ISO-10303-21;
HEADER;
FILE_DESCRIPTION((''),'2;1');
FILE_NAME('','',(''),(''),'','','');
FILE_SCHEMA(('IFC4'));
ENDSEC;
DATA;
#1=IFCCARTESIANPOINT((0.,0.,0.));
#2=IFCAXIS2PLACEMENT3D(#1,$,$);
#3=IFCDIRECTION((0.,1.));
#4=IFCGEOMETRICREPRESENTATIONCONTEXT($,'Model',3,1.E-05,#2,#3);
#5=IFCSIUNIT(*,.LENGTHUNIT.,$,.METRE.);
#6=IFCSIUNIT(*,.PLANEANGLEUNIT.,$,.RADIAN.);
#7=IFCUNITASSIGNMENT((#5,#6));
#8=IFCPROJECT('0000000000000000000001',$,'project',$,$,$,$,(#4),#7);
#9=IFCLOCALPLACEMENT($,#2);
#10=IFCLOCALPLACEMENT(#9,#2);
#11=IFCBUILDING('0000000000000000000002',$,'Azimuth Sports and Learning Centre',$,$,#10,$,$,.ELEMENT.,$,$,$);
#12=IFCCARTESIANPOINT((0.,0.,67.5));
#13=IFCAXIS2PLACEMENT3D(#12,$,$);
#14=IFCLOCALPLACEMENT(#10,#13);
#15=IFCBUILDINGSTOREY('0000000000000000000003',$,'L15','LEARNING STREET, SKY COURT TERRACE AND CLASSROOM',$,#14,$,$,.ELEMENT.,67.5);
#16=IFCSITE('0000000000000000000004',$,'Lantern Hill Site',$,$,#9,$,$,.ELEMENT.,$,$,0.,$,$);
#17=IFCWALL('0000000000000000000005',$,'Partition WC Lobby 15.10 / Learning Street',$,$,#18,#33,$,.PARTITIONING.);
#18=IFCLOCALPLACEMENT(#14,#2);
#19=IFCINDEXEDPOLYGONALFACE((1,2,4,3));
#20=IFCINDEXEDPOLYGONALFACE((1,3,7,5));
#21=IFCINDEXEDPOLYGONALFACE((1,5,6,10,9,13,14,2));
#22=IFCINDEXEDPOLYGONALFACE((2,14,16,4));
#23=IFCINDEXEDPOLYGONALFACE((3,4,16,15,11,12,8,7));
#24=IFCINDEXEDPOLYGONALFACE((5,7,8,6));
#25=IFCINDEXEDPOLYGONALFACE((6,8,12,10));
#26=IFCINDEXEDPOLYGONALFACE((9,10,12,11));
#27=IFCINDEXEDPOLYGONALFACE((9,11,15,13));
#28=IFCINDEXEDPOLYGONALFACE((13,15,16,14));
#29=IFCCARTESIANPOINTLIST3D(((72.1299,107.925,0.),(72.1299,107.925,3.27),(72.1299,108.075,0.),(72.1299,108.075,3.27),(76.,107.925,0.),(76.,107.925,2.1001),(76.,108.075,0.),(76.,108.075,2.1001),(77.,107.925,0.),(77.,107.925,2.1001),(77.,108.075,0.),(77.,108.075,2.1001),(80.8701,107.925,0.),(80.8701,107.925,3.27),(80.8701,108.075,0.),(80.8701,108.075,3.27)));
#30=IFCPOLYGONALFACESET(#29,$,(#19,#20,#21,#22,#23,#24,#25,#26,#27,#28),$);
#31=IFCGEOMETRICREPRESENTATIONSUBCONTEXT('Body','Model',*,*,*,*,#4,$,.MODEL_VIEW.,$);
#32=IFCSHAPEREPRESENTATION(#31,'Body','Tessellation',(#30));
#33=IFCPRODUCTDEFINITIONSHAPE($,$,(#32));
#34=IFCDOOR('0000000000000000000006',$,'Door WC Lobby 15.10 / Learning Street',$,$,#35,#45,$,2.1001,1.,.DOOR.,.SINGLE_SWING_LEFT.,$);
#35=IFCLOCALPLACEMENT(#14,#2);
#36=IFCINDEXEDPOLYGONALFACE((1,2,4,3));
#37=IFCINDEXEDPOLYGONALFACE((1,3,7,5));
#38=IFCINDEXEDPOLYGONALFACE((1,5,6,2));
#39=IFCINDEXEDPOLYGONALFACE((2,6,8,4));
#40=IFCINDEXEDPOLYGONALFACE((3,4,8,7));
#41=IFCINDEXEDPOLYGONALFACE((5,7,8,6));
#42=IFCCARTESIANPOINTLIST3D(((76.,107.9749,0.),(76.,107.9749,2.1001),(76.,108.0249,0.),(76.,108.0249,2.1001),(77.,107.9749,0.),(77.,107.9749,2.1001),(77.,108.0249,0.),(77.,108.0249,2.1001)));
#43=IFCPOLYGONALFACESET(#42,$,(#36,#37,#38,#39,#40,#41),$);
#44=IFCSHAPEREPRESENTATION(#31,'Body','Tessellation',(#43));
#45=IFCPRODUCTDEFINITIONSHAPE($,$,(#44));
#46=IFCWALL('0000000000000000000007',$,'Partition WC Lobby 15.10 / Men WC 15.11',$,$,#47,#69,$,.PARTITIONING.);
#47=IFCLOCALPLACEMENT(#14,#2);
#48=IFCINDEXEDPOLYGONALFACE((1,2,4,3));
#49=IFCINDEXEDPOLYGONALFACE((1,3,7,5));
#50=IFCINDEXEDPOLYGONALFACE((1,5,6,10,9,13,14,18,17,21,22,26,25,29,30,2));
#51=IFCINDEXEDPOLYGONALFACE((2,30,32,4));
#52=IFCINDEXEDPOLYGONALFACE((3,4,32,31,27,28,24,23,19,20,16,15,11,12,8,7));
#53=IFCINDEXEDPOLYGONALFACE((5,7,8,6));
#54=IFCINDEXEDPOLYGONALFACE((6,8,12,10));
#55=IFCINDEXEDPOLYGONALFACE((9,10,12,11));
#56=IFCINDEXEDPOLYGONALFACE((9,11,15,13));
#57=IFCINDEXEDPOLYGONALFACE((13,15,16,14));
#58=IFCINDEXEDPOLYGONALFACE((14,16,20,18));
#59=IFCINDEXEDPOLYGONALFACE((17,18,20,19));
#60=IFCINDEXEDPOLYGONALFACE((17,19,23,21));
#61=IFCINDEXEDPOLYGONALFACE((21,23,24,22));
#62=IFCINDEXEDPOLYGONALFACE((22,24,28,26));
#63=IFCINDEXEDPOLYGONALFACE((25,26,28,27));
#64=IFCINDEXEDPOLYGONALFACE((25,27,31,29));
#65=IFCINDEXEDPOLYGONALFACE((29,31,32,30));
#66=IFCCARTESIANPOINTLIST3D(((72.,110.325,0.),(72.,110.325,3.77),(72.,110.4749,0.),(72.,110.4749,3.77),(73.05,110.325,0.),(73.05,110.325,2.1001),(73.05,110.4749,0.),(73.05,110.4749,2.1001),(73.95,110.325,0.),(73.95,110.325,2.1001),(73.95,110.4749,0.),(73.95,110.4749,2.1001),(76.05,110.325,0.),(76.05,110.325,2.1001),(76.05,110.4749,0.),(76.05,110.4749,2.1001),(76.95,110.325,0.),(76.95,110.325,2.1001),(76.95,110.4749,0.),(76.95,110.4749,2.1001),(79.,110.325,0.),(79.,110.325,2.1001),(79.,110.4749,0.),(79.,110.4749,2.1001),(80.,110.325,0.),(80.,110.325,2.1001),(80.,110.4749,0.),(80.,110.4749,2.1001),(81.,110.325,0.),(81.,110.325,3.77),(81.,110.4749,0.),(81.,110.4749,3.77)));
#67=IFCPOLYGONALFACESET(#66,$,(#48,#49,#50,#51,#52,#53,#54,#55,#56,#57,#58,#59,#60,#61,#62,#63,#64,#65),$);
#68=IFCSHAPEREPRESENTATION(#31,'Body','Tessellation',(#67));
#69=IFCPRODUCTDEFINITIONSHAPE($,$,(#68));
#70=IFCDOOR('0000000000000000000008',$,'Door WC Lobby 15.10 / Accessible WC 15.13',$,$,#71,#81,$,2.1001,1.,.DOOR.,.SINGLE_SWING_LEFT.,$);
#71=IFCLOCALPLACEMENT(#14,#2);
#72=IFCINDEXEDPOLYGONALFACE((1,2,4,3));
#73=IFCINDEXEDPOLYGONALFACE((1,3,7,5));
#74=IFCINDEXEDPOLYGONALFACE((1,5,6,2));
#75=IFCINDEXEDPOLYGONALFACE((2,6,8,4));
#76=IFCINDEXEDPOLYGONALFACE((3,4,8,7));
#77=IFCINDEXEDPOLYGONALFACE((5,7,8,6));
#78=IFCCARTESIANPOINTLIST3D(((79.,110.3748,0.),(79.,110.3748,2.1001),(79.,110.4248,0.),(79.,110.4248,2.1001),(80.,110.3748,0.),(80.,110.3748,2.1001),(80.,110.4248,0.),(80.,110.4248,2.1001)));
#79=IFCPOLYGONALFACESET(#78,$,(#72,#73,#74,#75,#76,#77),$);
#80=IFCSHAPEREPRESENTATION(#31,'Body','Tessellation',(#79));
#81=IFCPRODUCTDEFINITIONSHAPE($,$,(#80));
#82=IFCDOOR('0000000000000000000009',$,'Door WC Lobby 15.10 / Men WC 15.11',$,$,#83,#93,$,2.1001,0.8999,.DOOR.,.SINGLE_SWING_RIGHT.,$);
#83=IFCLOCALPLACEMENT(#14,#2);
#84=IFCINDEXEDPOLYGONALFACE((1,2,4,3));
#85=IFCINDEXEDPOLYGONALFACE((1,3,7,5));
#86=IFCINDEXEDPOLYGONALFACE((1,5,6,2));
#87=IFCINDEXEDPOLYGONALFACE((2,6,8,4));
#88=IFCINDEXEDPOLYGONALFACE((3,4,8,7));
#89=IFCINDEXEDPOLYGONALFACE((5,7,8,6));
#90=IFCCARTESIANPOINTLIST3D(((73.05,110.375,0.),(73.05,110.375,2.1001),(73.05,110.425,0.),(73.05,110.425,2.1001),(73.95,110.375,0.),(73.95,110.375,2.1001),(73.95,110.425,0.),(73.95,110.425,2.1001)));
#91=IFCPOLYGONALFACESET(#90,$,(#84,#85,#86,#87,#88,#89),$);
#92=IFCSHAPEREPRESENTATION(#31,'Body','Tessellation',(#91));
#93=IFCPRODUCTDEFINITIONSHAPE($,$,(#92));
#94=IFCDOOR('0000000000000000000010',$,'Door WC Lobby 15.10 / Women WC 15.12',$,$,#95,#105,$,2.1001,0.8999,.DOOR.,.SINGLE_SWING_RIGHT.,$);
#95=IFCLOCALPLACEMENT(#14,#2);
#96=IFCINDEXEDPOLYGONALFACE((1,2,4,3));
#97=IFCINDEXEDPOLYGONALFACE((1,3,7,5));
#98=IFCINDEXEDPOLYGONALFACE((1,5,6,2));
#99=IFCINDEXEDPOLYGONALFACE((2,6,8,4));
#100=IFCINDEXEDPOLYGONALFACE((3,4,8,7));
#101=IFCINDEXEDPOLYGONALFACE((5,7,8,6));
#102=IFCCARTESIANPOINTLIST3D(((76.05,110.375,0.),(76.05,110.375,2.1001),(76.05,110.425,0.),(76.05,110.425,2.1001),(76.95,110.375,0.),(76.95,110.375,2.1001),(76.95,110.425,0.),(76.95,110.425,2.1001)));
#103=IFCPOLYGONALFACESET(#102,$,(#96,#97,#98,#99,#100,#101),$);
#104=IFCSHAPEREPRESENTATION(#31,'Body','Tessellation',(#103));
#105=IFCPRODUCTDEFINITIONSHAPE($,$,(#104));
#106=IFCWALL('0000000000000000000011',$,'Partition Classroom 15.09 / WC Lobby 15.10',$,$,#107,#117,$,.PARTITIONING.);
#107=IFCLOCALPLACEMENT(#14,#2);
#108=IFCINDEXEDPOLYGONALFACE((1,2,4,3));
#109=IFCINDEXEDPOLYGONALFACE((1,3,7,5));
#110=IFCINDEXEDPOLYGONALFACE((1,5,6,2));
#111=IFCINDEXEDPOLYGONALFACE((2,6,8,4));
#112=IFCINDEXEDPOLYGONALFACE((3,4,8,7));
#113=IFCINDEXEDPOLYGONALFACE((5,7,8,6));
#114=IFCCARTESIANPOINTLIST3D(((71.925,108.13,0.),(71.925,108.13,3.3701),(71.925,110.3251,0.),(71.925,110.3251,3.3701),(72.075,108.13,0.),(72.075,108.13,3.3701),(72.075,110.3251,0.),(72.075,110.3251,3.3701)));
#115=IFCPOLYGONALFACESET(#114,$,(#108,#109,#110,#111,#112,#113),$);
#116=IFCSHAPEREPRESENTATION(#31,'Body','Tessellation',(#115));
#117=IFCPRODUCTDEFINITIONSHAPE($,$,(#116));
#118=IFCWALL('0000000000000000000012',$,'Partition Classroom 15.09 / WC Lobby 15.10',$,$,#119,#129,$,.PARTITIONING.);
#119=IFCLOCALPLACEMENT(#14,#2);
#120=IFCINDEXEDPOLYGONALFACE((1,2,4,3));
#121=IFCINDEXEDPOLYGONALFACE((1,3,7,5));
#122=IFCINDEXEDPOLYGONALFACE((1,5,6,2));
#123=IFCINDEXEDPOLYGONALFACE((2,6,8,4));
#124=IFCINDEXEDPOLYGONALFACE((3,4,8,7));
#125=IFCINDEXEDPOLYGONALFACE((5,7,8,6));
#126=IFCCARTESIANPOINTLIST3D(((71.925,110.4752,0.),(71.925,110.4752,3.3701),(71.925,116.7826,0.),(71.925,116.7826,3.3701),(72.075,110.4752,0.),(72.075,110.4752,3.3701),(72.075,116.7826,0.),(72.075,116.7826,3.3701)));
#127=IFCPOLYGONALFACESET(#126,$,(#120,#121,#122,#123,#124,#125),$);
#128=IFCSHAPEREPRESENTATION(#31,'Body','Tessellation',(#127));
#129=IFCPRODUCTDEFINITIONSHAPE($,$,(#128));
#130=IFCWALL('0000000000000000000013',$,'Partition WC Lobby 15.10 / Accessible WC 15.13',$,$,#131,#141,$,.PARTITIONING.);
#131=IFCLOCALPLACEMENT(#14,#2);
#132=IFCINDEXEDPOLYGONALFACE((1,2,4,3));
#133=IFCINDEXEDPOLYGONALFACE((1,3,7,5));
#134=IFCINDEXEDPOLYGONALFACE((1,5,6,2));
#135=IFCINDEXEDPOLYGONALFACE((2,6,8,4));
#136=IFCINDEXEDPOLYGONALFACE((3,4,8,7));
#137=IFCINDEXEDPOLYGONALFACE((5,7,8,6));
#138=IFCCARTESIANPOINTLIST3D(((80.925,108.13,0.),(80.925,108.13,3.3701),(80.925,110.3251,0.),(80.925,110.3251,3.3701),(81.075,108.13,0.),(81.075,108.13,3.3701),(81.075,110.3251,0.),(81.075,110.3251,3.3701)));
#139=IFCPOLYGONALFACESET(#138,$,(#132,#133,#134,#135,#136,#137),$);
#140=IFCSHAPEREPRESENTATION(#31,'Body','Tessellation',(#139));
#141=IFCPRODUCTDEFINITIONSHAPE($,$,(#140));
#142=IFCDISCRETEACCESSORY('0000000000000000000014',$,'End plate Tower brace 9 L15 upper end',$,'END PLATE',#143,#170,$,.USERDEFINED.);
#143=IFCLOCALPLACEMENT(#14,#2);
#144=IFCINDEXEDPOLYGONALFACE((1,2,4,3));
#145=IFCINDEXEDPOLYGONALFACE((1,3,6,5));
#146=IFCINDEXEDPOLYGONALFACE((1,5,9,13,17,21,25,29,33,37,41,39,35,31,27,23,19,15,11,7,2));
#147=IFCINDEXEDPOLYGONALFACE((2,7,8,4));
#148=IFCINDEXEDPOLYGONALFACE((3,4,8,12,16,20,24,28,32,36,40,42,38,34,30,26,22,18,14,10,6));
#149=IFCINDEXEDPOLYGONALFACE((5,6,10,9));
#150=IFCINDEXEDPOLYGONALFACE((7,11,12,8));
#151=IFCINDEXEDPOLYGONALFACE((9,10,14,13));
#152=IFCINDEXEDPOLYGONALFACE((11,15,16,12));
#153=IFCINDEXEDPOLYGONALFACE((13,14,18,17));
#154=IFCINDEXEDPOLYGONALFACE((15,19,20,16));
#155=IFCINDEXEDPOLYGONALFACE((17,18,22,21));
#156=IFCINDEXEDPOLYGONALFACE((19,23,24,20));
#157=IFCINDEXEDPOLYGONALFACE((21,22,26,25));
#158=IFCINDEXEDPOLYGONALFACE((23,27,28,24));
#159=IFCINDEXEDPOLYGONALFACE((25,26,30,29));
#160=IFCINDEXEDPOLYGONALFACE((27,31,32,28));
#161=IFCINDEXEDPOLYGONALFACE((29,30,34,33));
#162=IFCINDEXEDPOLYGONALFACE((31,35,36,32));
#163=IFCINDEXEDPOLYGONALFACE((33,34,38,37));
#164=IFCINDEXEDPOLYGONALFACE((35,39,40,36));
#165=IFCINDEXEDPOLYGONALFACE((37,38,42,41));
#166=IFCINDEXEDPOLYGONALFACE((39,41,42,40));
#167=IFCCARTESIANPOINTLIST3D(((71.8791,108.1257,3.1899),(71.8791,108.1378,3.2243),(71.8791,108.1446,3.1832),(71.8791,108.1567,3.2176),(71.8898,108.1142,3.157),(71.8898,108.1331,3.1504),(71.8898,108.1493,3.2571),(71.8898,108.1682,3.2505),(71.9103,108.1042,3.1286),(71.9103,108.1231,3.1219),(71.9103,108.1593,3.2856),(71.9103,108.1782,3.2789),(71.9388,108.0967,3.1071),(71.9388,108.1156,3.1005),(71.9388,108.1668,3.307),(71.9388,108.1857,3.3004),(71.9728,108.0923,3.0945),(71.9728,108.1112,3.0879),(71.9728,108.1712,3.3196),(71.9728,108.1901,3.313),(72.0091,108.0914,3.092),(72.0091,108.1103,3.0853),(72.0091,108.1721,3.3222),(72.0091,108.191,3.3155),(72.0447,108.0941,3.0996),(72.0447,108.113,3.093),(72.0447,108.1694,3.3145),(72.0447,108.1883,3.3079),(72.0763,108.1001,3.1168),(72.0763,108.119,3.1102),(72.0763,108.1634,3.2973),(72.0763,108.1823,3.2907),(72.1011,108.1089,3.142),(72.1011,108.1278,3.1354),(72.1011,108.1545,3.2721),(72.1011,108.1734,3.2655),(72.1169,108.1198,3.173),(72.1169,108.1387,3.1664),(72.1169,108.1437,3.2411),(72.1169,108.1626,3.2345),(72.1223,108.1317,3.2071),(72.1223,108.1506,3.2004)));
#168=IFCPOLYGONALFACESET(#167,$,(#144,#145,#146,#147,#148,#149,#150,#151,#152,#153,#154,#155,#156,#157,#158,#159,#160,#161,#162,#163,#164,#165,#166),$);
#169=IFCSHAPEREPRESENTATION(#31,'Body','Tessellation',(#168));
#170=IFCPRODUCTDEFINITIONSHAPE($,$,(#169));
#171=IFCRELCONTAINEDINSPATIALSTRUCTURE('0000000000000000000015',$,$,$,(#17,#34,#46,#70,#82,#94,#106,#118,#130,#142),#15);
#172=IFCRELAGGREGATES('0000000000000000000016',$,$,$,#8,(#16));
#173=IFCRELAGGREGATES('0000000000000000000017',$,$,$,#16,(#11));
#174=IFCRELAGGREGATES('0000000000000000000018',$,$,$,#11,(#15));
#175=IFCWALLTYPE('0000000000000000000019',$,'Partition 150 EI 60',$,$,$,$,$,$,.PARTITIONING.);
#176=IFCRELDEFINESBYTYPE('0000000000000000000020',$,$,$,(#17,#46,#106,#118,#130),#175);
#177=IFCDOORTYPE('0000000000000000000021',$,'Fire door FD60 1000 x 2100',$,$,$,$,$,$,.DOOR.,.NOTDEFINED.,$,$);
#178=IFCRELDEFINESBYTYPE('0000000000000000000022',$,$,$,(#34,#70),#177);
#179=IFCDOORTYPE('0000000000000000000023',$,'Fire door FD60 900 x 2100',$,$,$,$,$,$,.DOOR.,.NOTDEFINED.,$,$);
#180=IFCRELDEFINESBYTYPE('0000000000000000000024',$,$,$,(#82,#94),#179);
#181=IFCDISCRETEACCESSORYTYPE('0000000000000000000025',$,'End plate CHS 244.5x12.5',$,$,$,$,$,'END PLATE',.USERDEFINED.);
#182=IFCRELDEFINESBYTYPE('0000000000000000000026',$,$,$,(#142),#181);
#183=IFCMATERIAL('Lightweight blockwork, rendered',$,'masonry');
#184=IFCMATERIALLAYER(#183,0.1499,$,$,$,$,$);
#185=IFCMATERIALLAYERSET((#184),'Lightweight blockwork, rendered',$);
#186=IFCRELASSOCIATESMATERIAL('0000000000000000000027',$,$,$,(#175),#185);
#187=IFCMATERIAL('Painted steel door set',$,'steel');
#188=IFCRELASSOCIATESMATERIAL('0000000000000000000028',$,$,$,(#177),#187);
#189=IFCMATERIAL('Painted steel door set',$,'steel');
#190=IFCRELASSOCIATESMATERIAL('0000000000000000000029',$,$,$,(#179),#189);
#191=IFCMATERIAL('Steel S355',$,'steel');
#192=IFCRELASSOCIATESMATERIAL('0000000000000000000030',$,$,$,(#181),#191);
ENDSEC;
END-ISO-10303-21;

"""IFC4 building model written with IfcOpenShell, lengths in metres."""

from ifc_helpers import new_model, si_unit, direction, frame, frame_2d, origin, origin_2d, place, context, subcontext, project, spatial, rectangle, circle, extrude, material, layer, layer_set, material_profile, profile_set, type_object, element, fill, save


model = new_model("IFC4")

# Units and contexts
model_context = context("Model", 3, precision=1e-05, world=origin(), true_north=direction((0.0, 1.0)))
body_context = subcontext(model_context, "Body", "Model", "MODEL_VIEW")
ifc_project = project(units=[si_unit("LENGTHUNIT", "METRE"), si_unit("PLANEANGLEUNIT", "RADIAN")], contexts=[model_context])

# Site, building, storey
site_placement = place(None, origin())
site = spatial("IfcSite", under=ifc_project, at=site_placement, Name="Lantern Hill Site", CompositionType="ELEMENT", RefElevation=0.0)
building_placement = place(site_placement, origin())
building = spatial("IfcBuilding", under=site, at=building_placement, Name="Azimuth Sports and Learning Centre", CompositionType="ELEMENT")
storey_placement = place(building_placement, frame((0.0, 0.0, 67.5)))
storey = spatial("IfcBuildingStorey", under=building, at=storey_placement, Name="L15", Description="LEARNING STREET, SKY COURT TERRACE AND CLASSROOM", CompositionType="ELEMENT", Elevation=67.5)

# Wall, opening, door
ifc_material_1 = material(Name="Lightweight blockwork, rendered", Category="masonry")
ifc_layer_1 = layer(ifc_material_1, 0.1499)
ifc_layer_set_1 = layer_set([ifc_layer_1], Name="Lightweight blockwork, rendered")
wall_type_1 = type_object("IfcWallType", Name="Partition 150 EI 60", PredefinedType="PARTITIONING", material=ifc_layer_set_1)
wall_1_placement = place(storey_placement, frame((72.1299, 108.0, 0.0), z_axis=(0.0, 0.0, 1.0), x_axis=(1.0, 0.0, 0.0)))
wall_1 = element("IfcWall", 1, at=wall_1_placement, inside=storey, type_object=wall_type_1, Name="Partition WC Lobby 15.10 / Learning Street", PredefinedType="PARTITIONING", context=body_context, shape_type="SweptSolid", body=[
    extrude(rectangle(XDim=8.7402, YDim=0.1499, at=frame_2d((4.3701, 0.0))), origin(), (0.0, 0.0, 1.0), 3.27),
])
opening_1_placement = place(wall_1_placement, frame((3.8701, 0.0, 0.0)))
opening_1 = element("IfcOpeningElement", 2, at=opening_1_placement, cuts=wall_1, PredefinedType="OPENING", context=body_context, shape_type="SweptSolid", body=[
    extrude(rectangle(XDim=1.0, YDim=2.1001, at=frame_2d((0.5, 1.05))), frame((0.0, 0.0859, 0.0), z_axis=(0.0, -1.0, 0.0), x_axis=(1.0, 0.0, 0.0)), (0.0, 0.0, 1.0), 0.1719),
])
ifc_material_2 = material(Name="Painted steel door set", Category="steel")
door_type_1 = type_object("IfcDoorType", Name="Fire door FD60 1000 x 2100", OperationType="NOTDEFINED", PredefinedType="DOOR", material=ifc_material_2)
door_1_placement = place(opening_1_placement, origin())
door_1 = element("IfcDoor", 3, at=door_1_placement, inside=storey, type_object=door_type_1, Name="Door WC Lobby 15.10 / Learning Street", OperationType="SINGLE_SWING_LEFT", OverallHeight=2.1001, OverallWidth=1.0, PredefinedType="DOOR", context=body_context, shape_type="SweptSolid", body=[
    extrude(rectangle(XDim=1.0, YDim=2.1001, at=frame_2d((0.5, 1.05))), frame((0.0, 0.0249, 0.0), z_axis=(0.0, -1.0, 0.0), x_axis=(1.0, 0.0, 0.0)), (0.0, 0.0, 1.0), 0.05),
])
fill(opening_1, door_1)

# Wall, openings, doors
wall_2_placement = place(storey_placement, frame((72.0, 110.3999, 0.0), z_axis=(0.0, 0.0, 1.0), x_axis=(1.0, 0.0, 0.0)))
wall_2 = element("IfcWall", 4, at=wall_2_placement, inside=storey, type_object=wall_type_1, Name="Partition WC Lobby 15.10 / Men WC 15.11", PredefinedType="PARTITIONING", context=body_context, shape_type="SweptSolid", body=[
    extrude(rectangle(XDim=9.0, YDim=0.1499, at=frame_2d((4.5, 0.0))), origin(), (0.0, 0.0, 1.0), 3.77),
])
opening_2_placement = place(wall_2_placement, frame((1.05, 0.0, 0.0)))
opening_2 = element("IfcOpeningElement", 5, at=opening_2_placement, cuts=wall_2, PredefinedType="OPENING", context=body_context, shape_type="SweptSolid", body=[
    extrude(rectangle(XDim=0.8999, YDim=2.1001, at=frame_2d((0.45, 1.05))), frame((0.0, 0.0859, 0.0), z_axis=(0.0, -1.0, 0.0), x_axis=(1.0, 0.0, 0.0)), (0.0, 0.0, 1.0), 0.1719),
])
opening_3_placement = place(wall_2_placement, frame((4.05, 0.0, 0.0)))
opening_3 = element("IfcOpeningElement", 6, at=opening_3_placement, cuts=wall_2, PredefinedType="OPENING", context=body_context, shape_type="SweptSolid", body=[
    extrude(rectangle(XDim=0.8999, YDim=2.1001, at=frame_2d((0.45, 1.05))), frame((0.0, 0.0859, 0.0), z_axis=(0.0, -1.0, 0.0), x_axis=(1.0, 0.0, 0.0)), (0.0, 0.0, 1.0), 0.1719),
])
opening_4_placement = place(wall_2_placement, frame((7.0, 0.0, 0.0)))
opening_4 = element("IfcOpeningElement", 7, at=opening_4_placement, cuts=wall_2, PredefinedType="OPENING", context=body_context, shape_type="SweptSolid", body=[
    extrude(rectangle(XDim=1.0, YDim=2.1001, at=frame_2d((0.5, 1.05))), frame((0.0, 0.0859, 0.0), z_axis=(0.0, -1.0, 0.0), x_axis=(1.0, 0.0, 0.0)), (0.0, 0.0, 1.0), 0.1719),
])
door_2_placement = place(opening_4_placement, origin())
door_2 = element("IfcDoor", 8, at=door_2_placement, inside=storey, type_object=door_type_1, Name="Door WC Lobby 15.10 / Accessible WC 15.13", OperationType="SINGLE_SWING_LEFT", OverallHeight=2.1001, OverallWidth=1.0, PredefinedType="DOOR", context=body_context, shape_type="SweptSolid", body=[
    extrude(rectangle(XDim=1.0, YDim=2.1001, at=frame_2d((0.5, 1.05))), frame((0.0, 0.0249, 0.0), z_axis=(0.0, -1.0, 0.0), x_axis=(1.0, 0.0, 0.0)), (0.0, 0.0, 1.0), 0.05),
])
fill(opening_4, door_2)
ifc_material_3 = material(Name="Painted steel door set", Category="steel")
door_type_2 = type_object("IfcDoorType", Name="Fire door FD60 900 x 2100", OperationType="NOTDEFINED", PredefinedType="DOOR", material=ifc_material_3)
door_3_placement = place(opening_2_placement, frame((0.8999, 0.0, 0.0), z_axis=(0.0, 0.0, 1.0), x_axis=(-1.0, 0.0, 0.0)))
door_3 = element("IfcDoor", 9, at=door_3_placement, inside=storey, type_object=door_type_2, Name="Door WC Lobby 15.10 / Men WC 15.11", OperationType="SINGLE_SWING_RIGHT", OverallHeight=2.1001, OverallWidth=0.8999, PredefinedType="DOOR", context=body_context, shape_type="SweptSolid", body=[
    extrude(rectangle(XDim=0.8999, YDim=2.1001, at=frame_2d((0.45, 1.05))), frame((0.0, 0.0249, 0.0), z_axis=(0.0, -1.0, 0.0), x_axis=(1.0, 0.0, 0.0)), (0.0, 0.0, 1.0), 0.05),
])
fill(opening_2, door_3)
door_4_placement = place(opening_3_placement, frame((0.8999, 0.0, 0.0), z_axis=(0.0, 0.0, 1.0), x_axis=(-1.0, 0.0, 0.0)))
door_4 = element("IfcDoor", 10, at=door_4_placement, inside=storey, type_object=door_type_2, Name="Door WC Lobby 15.10 / Women WC 15.12", OperationType="SINGLE_SWING_RIGHT", OverallHeight=2.1001, OverallWidth=0.8999, PredefinedType="DOOR", context=body_context, shape_type="SweptSolid", body=[
    extrude(rectangle(XDim=0.8999, YDim=2.1001, at=frame_2d((0.45, 1.05))), frame((0.0, 0.0249, 0.0), z_axis=(0.0, -1.0, 0.0), x_axis=(1.0, 0.0, 0.0)), (0.0, 0.0, 1.0), 0.05),
])
fill(opening_3, door_4)

# Walls
wall_3_placement = place(storey_placement, frame((72.0, 108.1299, 0.0), z_axis=(0.0, 0.0, 1.0), x_axis=(0.0, 1.0, 0.0)))
element("IfcWall", 11, at=wall_3_placement, inside=storey, type_object=wall_type_1, Name="Partition Classroom 15.09 / WC Lobby 15.10", PredefinedType="PARTITIONING", context=body_context, shape_type="SweptSolid", body=[
    extrude(rectangle(XDim=2.1951, YDim=0.1499, at=frame_2d((1.0977, 0.0))), origin(), (0.0, 0.0, 1.0), 3.3701),
])
wall_4_placement = place(storey_placement, frame((72.0, 110.4751, 0.0), z_axis=(0.0, 0.0, 1.0), x_axis=(0.0, 1.0, 0.0)))
element("IfcWall", 12, at=wall_4_placement, inside=storey, type_object=wall_type_1, Name="Partition Classroom 15.09 / WC Lobby 15.10", PredefinedType="PARTITIONING", context=body_context, shape_type="SweptSolid", body=[
    extrude(rectangle(XDim=6.3074, YDim=0.1499, at=frame_2d((3.1538, 0.0))), origin(), (0.0, 0.0, 1.0), 3.3701),
])
wall_5_placement = place(storey_placement, frame((81.0, 108.1299, 0.0), z_axis=(0.0, 0.0, 1.0), x_axis=(0.0, 1.0, 0.0)))
element("IfcWall", 13, at=wall_5_placement, inside=storey, type_object=wall_type_1, Name="Partition WC Lobby 15.10 / Accessible WC 15.13", PredefinedType="PARTITIONING", context=body_context, shape_type="SweptSolid", body=[
    extrude(rectangle(XDim=2.1951, YDim=0.1499, at=frame_2d((1.0977, 0.0))), origin(), (0.0, 0.0, 1.0), 3.3701),
])

# Discrete accessory
ifc_material_4 = material(Name="Steel S355", Category="steel")
ifc_material_profile_1 = material_profile(ifc_material_4, circle(Radius=0.1223, at=origin_2d()), Name="PL 244 DISC")
ifc_profile_set_1 = profile_set([ifc_material_profile_1], Name="Steel S355")
discrete_accessory_type = type_object("IfcDiscreteAccessoryType", Name="End plate CHS 244.5x12.5", ElementType="END PLATE", PredefinedType="USERDEFINED", material=ifc_profile_set_1)
discrete_accessory_placement = place(storey_placement, frame((72.0, 108.1506, 3.2004), z_axis=(0.0, -0.943667, 0.330896), x_axis=(1.0, 0.0, 0.0)))
element("IfcDiscreteAccessory", 14, at=discrete_accessory_placement, inside=storey, type_object=discrete_accessory_type, Name="End plate Tower brace 9 L15 upper end", ObjectType="END PLATE", PredefinedType="USERDEFINED", context=body_context, shape_type="SweptSolid", body=[
    extrude(circle(Radius=0.1223, at=origin_2d()), origin(), (0.0, 0.0, 1.0), 0.02),
])

save(model, "model.ifc")
